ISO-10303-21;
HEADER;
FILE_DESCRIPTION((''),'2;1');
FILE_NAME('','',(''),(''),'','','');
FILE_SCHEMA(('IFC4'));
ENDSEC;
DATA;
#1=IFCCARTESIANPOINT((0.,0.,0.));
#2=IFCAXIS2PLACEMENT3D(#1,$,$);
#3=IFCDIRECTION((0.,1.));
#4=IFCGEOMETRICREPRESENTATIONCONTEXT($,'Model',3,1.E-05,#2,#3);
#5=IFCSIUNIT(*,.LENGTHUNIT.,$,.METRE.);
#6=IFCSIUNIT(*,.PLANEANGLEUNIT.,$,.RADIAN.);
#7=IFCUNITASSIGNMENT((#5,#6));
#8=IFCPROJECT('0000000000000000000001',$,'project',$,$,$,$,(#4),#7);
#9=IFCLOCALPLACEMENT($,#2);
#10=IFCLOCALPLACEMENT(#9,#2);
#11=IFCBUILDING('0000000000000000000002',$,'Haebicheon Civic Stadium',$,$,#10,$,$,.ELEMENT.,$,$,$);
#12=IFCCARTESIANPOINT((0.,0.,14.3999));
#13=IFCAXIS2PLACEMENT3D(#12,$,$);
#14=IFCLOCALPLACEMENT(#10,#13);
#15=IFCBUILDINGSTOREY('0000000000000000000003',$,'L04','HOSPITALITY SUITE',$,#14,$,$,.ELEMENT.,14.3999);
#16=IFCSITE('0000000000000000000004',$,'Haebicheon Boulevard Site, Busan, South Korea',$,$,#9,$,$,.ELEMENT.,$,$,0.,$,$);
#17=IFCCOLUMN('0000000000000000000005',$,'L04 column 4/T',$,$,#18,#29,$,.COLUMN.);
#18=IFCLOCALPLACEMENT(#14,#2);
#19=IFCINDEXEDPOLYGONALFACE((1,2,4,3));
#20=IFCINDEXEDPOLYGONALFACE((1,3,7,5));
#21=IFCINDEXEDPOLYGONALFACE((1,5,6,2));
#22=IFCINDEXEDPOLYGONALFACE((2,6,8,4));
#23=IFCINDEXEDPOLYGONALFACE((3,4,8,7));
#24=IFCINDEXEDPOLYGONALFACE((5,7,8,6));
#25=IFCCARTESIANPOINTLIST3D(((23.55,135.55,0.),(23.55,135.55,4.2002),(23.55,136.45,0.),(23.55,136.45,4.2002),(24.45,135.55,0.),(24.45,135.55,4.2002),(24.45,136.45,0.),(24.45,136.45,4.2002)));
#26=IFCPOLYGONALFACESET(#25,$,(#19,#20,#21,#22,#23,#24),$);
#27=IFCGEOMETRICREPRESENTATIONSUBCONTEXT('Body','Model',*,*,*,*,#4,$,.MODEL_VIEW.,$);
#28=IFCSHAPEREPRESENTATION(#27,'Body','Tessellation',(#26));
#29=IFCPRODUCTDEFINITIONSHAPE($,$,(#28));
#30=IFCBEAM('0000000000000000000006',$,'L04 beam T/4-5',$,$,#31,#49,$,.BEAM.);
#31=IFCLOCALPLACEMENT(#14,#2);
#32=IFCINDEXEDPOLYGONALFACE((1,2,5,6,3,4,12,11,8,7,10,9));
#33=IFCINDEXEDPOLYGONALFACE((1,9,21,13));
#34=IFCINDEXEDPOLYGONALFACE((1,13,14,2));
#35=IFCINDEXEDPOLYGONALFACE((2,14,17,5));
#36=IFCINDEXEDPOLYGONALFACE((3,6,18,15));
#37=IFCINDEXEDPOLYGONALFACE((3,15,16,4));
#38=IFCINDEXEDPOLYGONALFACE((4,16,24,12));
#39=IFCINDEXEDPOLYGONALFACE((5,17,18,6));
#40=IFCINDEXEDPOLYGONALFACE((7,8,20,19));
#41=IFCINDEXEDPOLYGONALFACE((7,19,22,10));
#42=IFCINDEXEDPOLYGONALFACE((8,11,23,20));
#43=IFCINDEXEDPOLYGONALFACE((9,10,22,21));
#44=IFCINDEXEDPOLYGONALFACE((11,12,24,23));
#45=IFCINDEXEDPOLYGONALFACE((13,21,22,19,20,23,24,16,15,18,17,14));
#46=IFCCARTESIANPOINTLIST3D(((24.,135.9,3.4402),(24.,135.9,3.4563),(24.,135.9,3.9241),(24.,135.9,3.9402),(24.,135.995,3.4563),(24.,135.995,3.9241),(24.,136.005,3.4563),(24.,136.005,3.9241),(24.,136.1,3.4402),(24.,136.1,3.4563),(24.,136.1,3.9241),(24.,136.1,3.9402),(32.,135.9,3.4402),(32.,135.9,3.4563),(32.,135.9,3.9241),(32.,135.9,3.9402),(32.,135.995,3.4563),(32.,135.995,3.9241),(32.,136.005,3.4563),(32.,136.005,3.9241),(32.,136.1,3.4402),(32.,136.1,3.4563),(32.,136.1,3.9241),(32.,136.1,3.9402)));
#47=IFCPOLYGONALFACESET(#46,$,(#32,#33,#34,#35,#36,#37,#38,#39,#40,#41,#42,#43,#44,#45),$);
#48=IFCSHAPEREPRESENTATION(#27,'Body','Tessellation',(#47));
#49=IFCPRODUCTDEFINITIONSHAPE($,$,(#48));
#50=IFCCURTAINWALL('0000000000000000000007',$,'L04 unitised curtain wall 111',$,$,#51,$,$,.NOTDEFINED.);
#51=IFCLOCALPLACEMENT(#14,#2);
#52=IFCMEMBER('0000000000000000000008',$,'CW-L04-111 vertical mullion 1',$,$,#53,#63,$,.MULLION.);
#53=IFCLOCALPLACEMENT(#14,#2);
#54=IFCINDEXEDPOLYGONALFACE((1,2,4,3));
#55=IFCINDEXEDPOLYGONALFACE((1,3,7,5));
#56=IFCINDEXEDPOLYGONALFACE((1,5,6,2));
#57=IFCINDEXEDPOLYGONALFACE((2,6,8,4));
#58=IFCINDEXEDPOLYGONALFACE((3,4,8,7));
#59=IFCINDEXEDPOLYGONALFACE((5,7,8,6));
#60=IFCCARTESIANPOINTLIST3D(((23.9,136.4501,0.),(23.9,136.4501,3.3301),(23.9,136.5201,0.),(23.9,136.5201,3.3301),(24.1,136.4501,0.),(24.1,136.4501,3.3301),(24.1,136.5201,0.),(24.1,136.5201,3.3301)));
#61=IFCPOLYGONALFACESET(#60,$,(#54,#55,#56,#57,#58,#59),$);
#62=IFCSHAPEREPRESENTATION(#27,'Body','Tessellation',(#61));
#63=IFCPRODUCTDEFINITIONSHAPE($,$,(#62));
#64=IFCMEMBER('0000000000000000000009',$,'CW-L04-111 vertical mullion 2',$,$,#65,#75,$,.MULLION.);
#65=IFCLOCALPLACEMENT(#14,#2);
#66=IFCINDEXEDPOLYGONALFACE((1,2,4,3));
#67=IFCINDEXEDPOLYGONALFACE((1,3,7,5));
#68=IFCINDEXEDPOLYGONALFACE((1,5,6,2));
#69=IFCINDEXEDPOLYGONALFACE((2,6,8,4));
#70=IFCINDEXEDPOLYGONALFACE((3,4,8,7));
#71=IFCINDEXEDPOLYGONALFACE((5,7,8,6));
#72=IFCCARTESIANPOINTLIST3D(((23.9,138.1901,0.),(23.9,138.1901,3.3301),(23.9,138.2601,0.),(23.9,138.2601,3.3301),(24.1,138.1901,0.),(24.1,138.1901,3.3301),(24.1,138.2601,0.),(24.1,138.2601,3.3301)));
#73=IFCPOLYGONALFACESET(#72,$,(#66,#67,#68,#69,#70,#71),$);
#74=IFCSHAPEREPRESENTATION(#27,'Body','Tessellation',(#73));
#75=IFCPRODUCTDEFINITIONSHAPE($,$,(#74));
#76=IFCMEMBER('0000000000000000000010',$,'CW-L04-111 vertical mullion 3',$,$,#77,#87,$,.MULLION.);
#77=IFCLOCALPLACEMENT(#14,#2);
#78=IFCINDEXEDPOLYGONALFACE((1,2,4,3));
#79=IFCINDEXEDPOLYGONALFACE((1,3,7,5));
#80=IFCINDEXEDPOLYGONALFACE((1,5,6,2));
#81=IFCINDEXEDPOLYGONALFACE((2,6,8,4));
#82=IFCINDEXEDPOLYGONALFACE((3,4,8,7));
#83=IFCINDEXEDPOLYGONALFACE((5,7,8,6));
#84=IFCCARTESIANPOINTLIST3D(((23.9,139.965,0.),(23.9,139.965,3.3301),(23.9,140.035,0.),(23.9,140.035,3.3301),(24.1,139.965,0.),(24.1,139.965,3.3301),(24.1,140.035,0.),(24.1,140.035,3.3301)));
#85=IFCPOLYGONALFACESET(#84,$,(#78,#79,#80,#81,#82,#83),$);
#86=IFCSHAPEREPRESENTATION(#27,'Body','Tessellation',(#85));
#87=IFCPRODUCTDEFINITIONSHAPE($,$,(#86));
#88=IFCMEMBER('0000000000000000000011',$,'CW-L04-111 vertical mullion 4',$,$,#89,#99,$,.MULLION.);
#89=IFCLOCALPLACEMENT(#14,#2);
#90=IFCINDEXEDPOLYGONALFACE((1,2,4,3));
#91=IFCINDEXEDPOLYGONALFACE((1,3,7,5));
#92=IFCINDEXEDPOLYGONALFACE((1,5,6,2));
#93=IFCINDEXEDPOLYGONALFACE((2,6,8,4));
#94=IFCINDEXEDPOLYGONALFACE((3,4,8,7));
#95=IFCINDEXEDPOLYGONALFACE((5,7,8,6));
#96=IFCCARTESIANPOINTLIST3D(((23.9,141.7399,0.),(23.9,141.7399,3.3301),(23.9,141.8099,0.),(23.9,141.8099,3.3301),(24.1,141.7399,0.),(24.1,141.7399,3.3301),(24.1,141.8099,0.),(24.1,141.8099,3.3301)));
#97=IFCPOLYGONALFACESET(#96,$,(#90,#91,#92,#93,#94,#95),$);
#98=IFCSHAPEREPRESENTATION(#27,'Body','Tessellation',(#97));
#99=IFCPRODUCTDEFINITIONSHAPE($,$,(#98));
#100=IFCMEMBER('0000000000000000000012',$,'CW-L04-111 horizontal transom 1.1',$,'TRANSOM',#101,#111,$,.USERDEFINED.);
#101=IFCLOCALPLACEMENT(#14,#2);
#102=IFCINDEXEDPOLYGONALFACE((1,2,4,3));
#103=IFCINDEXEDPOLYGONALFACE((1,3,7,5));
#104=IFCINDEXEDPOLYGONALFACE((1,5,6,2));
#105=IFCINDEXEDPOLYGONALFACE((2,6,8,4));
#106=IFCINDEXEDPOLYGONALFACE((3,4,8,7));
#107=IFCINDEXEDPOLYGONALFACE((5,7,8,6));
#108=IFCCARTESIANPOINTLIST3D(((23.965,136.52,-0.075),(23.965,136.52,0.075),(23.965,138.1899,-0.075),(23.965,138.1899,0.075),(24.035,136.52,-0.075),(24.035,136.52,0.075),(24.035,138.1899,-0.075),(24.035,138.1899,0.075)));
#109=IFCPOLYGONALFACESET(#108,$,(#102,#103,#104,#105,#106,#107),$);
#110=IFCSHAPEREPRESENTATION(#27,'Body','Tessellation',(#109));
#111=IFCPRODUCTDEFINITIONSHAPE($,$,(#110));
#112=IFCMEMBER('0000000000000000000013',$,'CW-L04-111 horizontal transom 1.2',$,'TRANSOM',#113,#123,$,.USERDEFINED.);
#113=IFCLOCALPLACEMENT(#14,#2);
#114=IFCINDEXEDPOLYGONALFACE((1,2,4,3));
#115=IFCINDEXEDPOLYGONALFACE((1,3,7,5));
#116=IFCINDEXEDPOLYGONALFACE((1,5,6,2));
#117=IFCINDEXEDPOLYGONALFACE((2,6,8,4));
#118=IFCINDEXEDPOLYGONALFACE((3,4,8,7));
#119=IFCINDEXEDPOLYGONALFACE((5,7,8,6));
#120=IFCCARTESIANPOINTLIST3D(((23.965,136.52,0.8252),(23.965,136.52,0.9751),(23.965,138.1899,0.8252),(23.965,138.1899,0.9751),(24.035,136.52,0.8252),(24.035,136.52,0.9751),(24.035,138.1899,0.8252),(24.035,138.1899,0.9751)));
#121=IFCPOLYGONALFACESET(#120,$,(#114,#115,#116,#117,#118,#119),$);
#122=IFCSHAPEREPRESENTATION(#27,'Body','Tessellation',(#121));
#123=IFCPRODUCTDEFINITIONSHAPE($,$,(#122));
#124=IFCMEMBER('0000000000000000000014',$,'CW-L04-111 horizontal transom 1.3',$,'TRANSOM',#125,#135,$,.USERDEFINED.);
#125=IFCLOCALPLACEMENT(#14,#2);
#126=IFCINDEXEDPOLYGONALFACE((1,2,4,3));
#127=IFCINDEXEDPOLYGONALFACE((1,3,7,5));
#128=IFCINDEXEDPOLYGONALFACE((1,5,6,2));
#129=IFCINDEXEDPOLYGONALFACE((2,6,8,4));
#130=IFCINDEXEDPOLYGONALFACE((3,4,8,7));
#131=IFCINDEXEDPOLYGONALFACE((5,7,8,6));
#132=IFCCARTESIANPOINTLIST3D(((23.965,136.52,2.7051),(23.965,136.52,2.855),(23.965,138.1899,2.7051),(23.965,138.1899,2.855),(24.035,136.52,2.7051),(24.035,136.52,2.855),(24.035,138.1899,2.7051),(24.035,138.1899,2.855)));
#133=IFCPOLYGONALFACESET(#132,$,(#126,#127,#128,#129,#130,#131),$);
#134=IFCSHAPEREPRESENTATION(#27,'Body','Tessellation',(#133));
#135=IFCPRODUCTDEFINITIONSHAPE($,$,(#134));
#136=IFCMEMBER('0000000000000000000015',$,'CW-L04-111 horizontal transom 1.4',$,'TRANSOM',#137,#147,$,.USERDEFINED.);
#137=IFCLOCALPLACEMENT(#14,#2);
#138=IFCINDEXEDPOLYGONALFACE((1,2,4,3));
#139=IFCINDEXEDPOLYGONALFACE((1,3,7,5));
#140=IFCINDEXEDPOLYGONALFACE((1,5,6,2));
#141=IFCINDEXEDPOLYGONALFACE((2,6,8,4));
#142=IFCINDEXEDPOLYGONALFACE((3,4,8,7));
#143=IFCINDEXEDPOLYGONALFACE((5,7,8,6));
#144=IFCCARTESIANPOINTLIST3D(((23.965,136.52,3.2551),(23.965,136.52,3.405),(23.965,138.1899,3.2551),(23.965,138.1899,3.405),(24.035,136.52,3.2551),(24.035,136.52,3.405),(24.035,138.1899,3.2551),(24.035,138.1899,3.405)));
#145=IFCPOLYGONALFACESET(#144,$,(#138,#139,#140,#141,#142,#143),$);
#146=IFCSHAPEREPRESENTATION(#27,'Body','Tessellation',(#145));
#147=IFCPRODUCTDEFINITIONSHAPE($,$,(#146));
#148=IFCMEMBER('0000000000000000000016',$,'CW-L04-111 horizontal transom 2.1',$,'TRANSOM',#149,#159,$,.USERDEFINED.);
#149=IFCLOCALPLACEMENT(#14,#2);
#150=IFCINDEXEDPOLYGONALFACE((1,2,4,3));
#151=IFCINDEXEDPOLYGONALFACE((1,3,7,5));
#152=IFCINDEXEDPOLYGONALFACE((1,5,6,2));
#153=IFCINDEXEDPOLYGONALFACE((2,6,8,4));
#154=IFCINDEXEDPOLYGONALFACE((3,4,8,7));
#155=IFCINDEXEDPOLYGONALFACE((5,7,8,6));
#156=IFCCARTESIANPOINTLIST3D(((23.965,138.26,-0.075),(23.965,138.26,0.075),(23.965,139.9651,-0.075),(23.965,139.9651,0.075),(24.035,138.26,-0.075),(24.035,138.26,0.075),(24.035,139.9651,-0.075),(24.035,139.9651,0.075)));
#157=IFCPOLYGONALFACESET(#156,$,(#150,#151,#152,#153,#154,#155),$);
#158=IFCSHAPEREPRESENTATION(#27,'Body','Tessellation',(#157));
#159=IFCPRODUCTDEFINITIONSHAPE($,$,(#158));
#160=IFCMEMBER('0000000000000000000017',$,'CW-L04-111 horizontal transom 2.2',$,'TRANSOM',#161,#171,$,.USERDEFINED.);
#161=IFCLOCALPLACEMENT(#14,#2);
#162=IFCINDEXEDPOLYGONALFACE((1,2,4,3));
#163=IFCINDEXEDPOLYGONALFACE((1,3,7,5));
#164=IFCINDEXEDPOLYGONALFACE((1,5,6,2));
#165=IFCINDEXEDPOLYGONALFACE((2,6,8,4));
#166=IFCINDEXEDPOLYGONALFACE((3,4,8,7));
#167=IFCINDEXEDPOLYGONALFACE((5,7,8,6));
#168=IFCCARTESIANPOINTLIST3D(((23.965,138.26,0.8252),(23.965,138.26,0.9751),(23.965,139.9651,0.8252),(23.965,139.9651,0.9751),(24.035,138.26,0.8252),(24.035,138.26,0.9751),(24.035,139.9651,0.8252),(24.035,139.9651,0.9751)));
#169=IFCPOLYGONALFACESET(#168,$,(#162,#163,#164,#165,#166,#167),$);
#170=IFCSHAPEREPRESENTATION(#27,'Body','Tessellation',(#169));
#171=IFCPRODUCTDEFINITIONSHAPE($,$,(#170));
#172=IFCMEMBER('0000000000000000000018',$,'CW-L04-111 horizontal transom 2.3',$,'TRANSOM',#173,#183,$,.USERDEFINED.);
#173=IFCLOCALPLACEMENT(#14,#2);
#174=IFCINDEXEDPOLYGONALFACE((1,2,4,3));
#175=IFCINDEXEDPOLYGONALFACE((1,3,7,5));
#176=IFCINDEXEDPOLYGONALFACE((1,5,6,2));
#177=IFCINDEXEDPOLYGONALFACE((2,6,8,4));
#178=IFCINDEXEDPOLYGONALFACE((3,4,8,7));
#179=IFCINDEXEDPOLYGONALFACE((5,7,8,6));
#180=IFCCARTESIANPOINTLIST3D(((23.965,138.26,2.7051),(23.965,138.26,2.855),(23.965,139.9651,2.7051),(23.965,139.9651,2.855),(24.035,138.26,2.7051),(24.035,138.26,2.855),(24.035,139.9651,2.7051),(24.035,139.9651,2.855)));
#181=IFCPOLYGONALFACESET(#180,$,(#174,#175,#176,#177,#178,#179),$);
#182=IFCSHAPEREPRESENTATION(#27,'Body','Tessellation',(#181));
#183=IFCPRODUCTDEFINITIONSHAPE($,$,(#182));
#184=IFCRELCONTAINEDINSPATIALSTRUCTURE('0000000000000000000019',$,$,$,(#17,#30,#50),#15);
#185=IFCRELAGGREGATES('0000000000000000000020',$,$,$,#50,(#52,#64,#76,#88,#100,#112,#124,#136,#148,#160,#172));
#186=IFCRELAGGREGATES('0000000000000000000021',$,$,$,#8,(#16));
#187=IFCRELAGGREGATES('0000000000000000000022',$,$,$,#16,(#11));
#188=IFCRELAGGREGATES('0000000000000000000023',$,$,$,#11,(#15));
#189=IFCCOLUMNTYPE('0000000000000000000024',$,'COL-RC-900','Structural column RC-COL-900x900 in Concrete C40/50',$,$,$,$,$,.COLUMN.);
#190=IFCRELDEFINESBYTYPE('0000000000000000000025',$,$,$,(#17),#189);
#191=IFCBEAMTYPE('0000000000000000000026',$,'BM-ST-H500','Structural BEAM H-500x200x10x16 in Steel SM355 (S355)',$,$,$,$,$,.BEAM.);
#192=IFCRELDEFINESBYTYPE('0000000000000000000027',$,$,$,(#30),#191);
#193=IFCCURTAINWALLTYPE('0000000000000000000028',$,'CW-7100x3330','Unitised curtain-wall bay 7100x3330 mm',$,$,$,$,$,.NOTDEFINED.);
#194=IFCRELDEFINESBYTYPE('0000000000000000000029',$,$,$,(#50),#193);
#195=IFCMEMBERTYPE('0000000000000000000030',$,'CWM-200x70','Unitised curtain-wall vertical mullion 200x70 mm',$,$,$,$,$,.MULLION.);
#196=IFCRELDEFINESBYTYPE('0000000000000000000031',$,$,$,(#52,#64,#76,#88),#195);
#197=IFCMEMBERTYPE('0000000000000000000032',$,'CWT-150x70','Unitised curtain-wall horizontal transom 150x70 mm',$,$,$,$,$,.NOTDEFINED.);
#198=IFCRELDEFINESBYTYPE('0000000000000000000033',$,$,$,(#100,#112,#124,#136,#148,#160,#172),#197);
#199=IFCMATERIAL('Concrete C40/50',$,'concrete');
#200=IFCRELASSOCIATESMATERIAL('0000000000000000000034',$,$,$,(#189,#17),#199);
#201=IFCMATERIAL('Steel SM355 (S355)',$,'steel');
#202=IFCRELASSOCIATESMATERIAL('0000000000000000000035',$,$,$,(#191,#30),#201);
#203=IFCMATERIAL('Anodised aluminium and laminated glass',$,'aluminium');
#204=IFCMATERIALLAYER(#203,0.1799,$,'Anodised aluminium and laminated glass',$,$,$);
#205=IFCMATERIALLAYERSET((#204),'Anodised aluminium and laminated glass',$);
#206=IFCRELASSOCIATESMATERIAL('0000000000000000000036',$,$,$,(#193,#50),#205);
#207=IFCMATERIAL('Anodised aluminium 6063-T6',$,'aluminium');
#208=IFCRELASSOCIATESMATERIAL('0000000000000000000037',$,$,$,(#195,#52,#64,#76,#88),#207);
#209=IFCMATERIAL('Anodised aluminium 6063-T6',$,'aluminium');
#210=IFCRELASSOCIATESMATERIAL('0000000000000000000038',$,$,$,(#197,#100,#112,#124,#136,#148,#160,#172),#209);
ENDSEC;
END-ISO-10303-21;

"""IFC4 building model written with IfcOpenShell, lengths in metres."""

from ifc_helpers import new_model, si_unit, direction, frame, origin, origin_2d, place, context, subcontext, project, spatial, rectangle, i_section, extrude, material, layer, layer_set, material_profile, profile_set, type_object, element, aggregate, save


model = new_model("IFC4")

# Units and contexts
model_context = context("Model", 3, precision=1e-05, world=origin(), true_north=direction((0.0, 1.0)))
body_context = subcontext(model_context, "Body", "Model", "MODEL_VIEW")
ifc_project = project(units=[si_unit("LENGTHUNIT", "METRE"), si_unit("PLANEANGLEUNIT", "RADIAN")], contexts=[model_context])

# Site, building, storey
site_placement = place(None, origin())
site = spatial("IfcSite", under=ifc_project, at=site_placement, Name="Haebicheon Boulevard Site, Busan, South Korea", CompositionType="ELEMENT", RefElevation=0.0)
building_placement = place(site_placement, origin())
building = spatial("IfcBuilding", under=site, at=building_placement, Name="Haebicheon Civic Stadium", CompositionType="ELEMENT")
storey_placement = place(building_placement, frame((0.0, 0.0, 14.3999)))
storey = spatial("IfcBuildingStorey", under=building, at=storey_placement, Name="L04", Description="HOSPITALITY SUITE", CompositionType="ELEMENT", Elevation=14.3999)

# Column
ifc_material_1 = material(Name="Concrete C40/50", Category="concrete")
ifc_material_profile_1 = material_profile(ifc_material_1, rectangle(XDim=0.8999, YDim=0.8999, at=origin_2d()), Name="RC-COL-900x900")
ifc_profile_set_1 = profile_set([ifc_material_profile_1], Name="Concrete C40/50")
column_type = type_object("IfcColumnType", Name="COL-RC-900", Description="Structural column RC-COL-900x900 in Concrete C40/50", PredefinedType="COLUMN", material=ifc_profile_set_1)
column_placement = place(storey_placement, frame((24.0, 136.0, 0.0), z_axis=(0.0, 0.0, 1.0), x_axis=(1.0, 0.0, 0.0)))
element("IfcColumn", 1, at=column_placement, inside=storey, type_object=column_type, material=ifc_profile_set_1, Name="L04 column 4/T", PredefinedType="COLUMN", context=body_context, shape_type="SweptSolid", body=[
    extrude(rectangle(XDim=0.8999, YDim=0.8999, at=origin_2d()), origin(), (0.0, 0.0, 1.0), 4.2002),
])

# Beam
ifc_material_2 = material(Name="Steel SM355 (S355)", Category="steel")
ifc_material_profile_2 = material_profile(ifc_material_2, i_section(OverallWidth=0.2, OverallDepth=0.5, WebThickness=0.01, FlangeThickness=0.0161, at=origin_2d()), Name="H-500x200x10x16")
ifc_profile_set_2 = profile_set([ifc_material_profile_2], Name="Steel SM355 (S355)")
beam_type_1 = type_object("IfcBeamType", Name="BM-ST-H500", Description="Structural BEAM H-500x200x10x16 in Steel SM355 (S355)", PredefinedType="BEAM", material=ifc_profile_set_2)
beam_1_placement = place(storey_placement, frame((24.0, 136.0, 3.6902), z_axis=(1.0, 0.0, 0.0), x_axis=(0.0, 1.0, 0.0)))
element("IfcBeam", 2, at=beam_1_placement, inside=storey, type_object=beam_type_1, material=ifc_profile_set_2, Name="L04 beam T/4-5", PredefinedType="BEAM", context=body_context, shape_type="SweptSolid", body=[
    extrude(i_section(OverallWidth=0.2, OverallDepth=0.5, WebThickness=0.01, FlangeThickness=0.0161, at=origin_2d()), origin(), (0.0, 0.0, 1.0), 8.0),
])

# Curtain wall, members
ifc_material_3 = material(Name="Anodised aluminium and laminated glass", Category="aluminium")
ifc_layer_1 = layer(ifc_material_3, 0.1799, Name="Anodised aluminium and laminated glass")
ifc_layer_set_1 = layer_set([ifc_layer_1], Name="Anodised aluminium and laminated glass")
curtain_wall_type = type_object("IfcCurtainWallType", Name="CW-7100x3330", Description="Unitised curtain-wall bay 7100x3330 mm", PredefinedType="NOTDEFINED", material=ifc_layer_set_1)
curtain_wall_placement = place(storey_placement, origin())
curtain_wall = element("IfcCurtainWall", 3, at=curtain_wall_placement, inside=storey, type_object=curtain_wall_type, material=ifc_layer_set_1, Name="L04 unitised curtain wall 111", PredefinedType="NOTDEFINED")
ifc_material_4 = material(Name="Anodised aluminium 6063-T6", Category="aluminium")
ifc_material_profile_3 = material_profile(ifc_material_4, rectangle(XDim=0.0701, YDim=0.2, at=origin_2d()), Name="ALU-MULL-70x200")
ifc_profile_set_3 = profile_set([ifc_material_profile_3], Name="Anodised aluminium 6063-T6")
member_type_1 = type_object("IfcMemberType", Name="CWM-200x70", Description="Unitised curtain-wall vertical mullion 200x70 mm", PredefinedType="MULLION", material=ifc_profile_set_3)
member_1_placement = place(storey_placement, frame((24.0, 136.4851, 0.0), z_axis=(0.0, 0.0, 1.0), x_axis=(0.0, 1.0, 0.0)))
member_1 = element("IfcMember", 4, at=member_1_placement, type_object=member_type_1, material=ifc_profile_set_3, Name="CW-L04-111 vertical mullion 1", PredefinedType="MULLION", context=body_context, shape_type="SweptSolid", body=[
    extrude(rectangle(XDim=0.0701, YDim=0.2, at=origin_2d()), origin(), (0.0, 0.0, 1.0), 3.3301),
])
member_2_placement = place(storey_placement, frame((24.0, 138.2251, 0.0), z_axis=(0.0, 0.0, 1.0), x_axis=(0.0, 1.0, 0.0)))
member_2 = element("IfcMember", 5, at=member_2_placement, type_object=member_type_1, material=ifc_profile_set_3, Name="CW-L04-111 vertical mullion 2", PredefinedType="MULLION", context=body_context, shape_type="SweptSolid", body=[
    extrude(rectangle(XDim=0.0701, YDim=0.2, at=origin_2d()), origin(), (0.0, 0.0, 1.0), 3.3301),
])
member_3_placement = place(storey_placement, frame((24.0, 140.0, 0.0), z_axis=(0.0, 0.0, 1.0), x_axis=(0.0, 1.0, 0.0)))
member_3 = element("IfcMember", 6, at=member_3_placement, type_object=member_type_1, material=ifc_profile_set_3, Name="CW-L04-111 vertical mullion 3", PredefinedType="MULLION", context=body_context, shape_type="SweptSolid", body=[
    extrude(rectangle(XDim=0.0701, YDim=0.2, at=origin_2d()), origin(), (0.0, 0.0, 1.0), 3.3301),
])
member_4_placement = place(storey_placement, frame((24.0, 141.7749, 0.0), z_axis=(0.0, 0.0, 1.0), x_axis=(0.0, 1.0, 0.0)))
member_4 = element("IfcMember", 7, at=member_4_placement, type_object=member_type_1, material=ifc_profile_set_3, Name="CW-L04-111 vertical mullion 4", PredefinedType="MULLION", context=body_context, shape_type="SweptSolid", body=[
    extrude(rectangle(XDim=0.0701, YDim=0.2, at=origin_2d()), origin(), (0.0, 0.0, 1.0), 3.3301),
])
ifc_material_5 = material(Name="Anodised aluminium 6063-T6", Category="aluminium")
ifc_material_profile_4 = material_profile(ifc_material_5, rectangle(XDim=0.0701, YDim=0.1499, at=origin_2d()), Name="ALU-TRAN-70x150")
ifc_profile_set_4 = profile_set([ifc_material_profile_4], Name="Anodised aluminium 6063-T6")
member_type_2 = type_object("IfcMemberType", Name="CWT-150x70", Description="Unitised curtain-wall horizontal transom 150x70 mm", PredefinedType="NOTDEFINED", material=ifc_profile_set_4)
member_5_placement = place(storey_placement, frame((24.0, 136.52, 0.0), z_axis=(0.0, 1.0, 0.0), x_axis=(-1.0, 0.0, 0.0)))
member_5 = element("IfcMember", 8, at=member_5_placement, type_object=member_type_2, material=ifc_profile_set_4, Name="CW-L04-111 horizontal transom 1.1", ObjectType="TRANSOM", PredefinedType="USERDEFINED", context=body_context, shape_type="SweptSolid", body=[
    extrude(rectangle(XDim=0.0701, YDim=0.1499, at=origin_2d()), origin(), (0.0, 0.0, 1.0), 1.6699),
])
member_6_placement = place(storey_placement, frame((24.0, 136.52, 0.9001), z_axis=(0.0, 1.0, 0.0), x_axis=(-1.0, 0.0, 0.0)))
member_6 = element("IfcMember", 9, at=member_6_placement, type_object=member_type_2, material=ifc_profile_set_4, Name="CW-L04-111 horizontal transom 1.2", ObjectType="TRANSOM", PredefinedType="USERDEFINED", context=body_context, shape_type="SweptSolid", body=[
    extrude(rectangle(XDim=0.0701, YDim=0.1499, at=origin_2d()), origin(), (0.0, 0.0, 1.0), 1.6699),
])
member_7_placement = place(storey_placement, frame((24.0, 136.52, 2.78), z_axis=(0.0, 1.0, 0.0), x_axis=(-1.0, 0.0, 0.0)))
member_7 = element("IfcMember", 10, at=member_7_placement, type_object=member_type_2, material=ifc_profile_set_4, Name="CW-L04-111 horizontal transom 1.3", ObjectType="TRANSOM", PredefinedType="USERDEFINED", context=body_context, shape_type="SweptSolid", body=[
    extrude(rectangle(XDim=0.0701, YDim=0.1499, at=origin_2d()), origin(), (0.0, 0.0, 1.0), 1.6699),
])
member_8_placement = place(storey_placement, frame((24.0, 136.52, 3.3301), z_axis=(0.0, 1.0, 0.0), x_axis=(-1.0, 0.0, 0.0)))
member_8 = element("IfcMember", 11, at=member_8_placement, type_object=member_type_2, material=ifc_profile_set_4, Name="CW-L04-111 horizontal transom 1.4", ObjectType="TRANSOM", PredefinedType="USERDEFINED", context=body_context, shape_type="SweptSolid", body=[
    extrude(rectangle(XDim=0.0701, YDim=0.1499, at=origin_2d()), origin(), (0.0, 0.0, 1.0), 1.6699),
])
member_9_placement = place(storey_placement, frame((24.0, 138.26, 0.0), z_axis=(0.0, 1.0, 0.0), x_axis=(-1.0, 0.0, 0.0)))
member_9 = element("IfcMember", 12, at=member_9_placement, type_object=member_type_2, material=ifc_profile_set_4, Name="CW-L04-111 horizontal transom 2.1", ObjectType="TRANSOM", PredefinedType="USERDEFINED", context=body_context, shape_type="SweptSolid", body=[
    extrude(rectangle(XDim=0.0701, YDim=0.1499, at=origin_2d()), origin(), (0.0, 0.0, 1.0), 1.7051),
])
member_10_placement = place(storey_placement, frame((24.0, 138.26, 0.9001), z_axis=(0.0, 1.0, 0.0), x_axis=(-1.0, 0.0, 0.0)))
member_10 = element("IfcMember", 13, at=member_10_placement, type_object=member_type_2, material=ifc_profile_set_4, Name="CW-L04-111 horizontal transom 2.2", ObjectType="TRANSOM", PredefinedType="USERDEFINED", context=body_context, shape_type="SweptSolid", body=[
    extrude(rectangle(XDim=0.0701, YDim=0.1499, at=origin_2d()), origin(), (0.0, 0.0, 1.0), 1.7051),
])
member_11_placement = place(storey_placement, frame((24.0, 138.26, 2.78), z_axis=(0.0, 1.0, 0.0), x_axis=(-1.0, 0.0, 0.0)))
member_11 = element("IfcMember", 14, at=member_11_placement, type_object=member_type_2, material=ifc_profile_set_4, Name="CW-L04-111 horizontal transom 2.3", ObjectType="TRANSOM", PredefinedType="USERDEFINED", context=body_context, shape_type="SweptSolid", body=[
    extrude(rectangle(XDim=0.0701, YDim=0.1499, at=origin_2d()), origin(), (0.0, 0.0, 1.0), 1.7051),
])

aggregate(curtain_wall, [member_1, member_2, member_3, member_4, member_5, member_6, member_7, member_8, member_9, member_10, member_11])

save(model, "model.ifc")
